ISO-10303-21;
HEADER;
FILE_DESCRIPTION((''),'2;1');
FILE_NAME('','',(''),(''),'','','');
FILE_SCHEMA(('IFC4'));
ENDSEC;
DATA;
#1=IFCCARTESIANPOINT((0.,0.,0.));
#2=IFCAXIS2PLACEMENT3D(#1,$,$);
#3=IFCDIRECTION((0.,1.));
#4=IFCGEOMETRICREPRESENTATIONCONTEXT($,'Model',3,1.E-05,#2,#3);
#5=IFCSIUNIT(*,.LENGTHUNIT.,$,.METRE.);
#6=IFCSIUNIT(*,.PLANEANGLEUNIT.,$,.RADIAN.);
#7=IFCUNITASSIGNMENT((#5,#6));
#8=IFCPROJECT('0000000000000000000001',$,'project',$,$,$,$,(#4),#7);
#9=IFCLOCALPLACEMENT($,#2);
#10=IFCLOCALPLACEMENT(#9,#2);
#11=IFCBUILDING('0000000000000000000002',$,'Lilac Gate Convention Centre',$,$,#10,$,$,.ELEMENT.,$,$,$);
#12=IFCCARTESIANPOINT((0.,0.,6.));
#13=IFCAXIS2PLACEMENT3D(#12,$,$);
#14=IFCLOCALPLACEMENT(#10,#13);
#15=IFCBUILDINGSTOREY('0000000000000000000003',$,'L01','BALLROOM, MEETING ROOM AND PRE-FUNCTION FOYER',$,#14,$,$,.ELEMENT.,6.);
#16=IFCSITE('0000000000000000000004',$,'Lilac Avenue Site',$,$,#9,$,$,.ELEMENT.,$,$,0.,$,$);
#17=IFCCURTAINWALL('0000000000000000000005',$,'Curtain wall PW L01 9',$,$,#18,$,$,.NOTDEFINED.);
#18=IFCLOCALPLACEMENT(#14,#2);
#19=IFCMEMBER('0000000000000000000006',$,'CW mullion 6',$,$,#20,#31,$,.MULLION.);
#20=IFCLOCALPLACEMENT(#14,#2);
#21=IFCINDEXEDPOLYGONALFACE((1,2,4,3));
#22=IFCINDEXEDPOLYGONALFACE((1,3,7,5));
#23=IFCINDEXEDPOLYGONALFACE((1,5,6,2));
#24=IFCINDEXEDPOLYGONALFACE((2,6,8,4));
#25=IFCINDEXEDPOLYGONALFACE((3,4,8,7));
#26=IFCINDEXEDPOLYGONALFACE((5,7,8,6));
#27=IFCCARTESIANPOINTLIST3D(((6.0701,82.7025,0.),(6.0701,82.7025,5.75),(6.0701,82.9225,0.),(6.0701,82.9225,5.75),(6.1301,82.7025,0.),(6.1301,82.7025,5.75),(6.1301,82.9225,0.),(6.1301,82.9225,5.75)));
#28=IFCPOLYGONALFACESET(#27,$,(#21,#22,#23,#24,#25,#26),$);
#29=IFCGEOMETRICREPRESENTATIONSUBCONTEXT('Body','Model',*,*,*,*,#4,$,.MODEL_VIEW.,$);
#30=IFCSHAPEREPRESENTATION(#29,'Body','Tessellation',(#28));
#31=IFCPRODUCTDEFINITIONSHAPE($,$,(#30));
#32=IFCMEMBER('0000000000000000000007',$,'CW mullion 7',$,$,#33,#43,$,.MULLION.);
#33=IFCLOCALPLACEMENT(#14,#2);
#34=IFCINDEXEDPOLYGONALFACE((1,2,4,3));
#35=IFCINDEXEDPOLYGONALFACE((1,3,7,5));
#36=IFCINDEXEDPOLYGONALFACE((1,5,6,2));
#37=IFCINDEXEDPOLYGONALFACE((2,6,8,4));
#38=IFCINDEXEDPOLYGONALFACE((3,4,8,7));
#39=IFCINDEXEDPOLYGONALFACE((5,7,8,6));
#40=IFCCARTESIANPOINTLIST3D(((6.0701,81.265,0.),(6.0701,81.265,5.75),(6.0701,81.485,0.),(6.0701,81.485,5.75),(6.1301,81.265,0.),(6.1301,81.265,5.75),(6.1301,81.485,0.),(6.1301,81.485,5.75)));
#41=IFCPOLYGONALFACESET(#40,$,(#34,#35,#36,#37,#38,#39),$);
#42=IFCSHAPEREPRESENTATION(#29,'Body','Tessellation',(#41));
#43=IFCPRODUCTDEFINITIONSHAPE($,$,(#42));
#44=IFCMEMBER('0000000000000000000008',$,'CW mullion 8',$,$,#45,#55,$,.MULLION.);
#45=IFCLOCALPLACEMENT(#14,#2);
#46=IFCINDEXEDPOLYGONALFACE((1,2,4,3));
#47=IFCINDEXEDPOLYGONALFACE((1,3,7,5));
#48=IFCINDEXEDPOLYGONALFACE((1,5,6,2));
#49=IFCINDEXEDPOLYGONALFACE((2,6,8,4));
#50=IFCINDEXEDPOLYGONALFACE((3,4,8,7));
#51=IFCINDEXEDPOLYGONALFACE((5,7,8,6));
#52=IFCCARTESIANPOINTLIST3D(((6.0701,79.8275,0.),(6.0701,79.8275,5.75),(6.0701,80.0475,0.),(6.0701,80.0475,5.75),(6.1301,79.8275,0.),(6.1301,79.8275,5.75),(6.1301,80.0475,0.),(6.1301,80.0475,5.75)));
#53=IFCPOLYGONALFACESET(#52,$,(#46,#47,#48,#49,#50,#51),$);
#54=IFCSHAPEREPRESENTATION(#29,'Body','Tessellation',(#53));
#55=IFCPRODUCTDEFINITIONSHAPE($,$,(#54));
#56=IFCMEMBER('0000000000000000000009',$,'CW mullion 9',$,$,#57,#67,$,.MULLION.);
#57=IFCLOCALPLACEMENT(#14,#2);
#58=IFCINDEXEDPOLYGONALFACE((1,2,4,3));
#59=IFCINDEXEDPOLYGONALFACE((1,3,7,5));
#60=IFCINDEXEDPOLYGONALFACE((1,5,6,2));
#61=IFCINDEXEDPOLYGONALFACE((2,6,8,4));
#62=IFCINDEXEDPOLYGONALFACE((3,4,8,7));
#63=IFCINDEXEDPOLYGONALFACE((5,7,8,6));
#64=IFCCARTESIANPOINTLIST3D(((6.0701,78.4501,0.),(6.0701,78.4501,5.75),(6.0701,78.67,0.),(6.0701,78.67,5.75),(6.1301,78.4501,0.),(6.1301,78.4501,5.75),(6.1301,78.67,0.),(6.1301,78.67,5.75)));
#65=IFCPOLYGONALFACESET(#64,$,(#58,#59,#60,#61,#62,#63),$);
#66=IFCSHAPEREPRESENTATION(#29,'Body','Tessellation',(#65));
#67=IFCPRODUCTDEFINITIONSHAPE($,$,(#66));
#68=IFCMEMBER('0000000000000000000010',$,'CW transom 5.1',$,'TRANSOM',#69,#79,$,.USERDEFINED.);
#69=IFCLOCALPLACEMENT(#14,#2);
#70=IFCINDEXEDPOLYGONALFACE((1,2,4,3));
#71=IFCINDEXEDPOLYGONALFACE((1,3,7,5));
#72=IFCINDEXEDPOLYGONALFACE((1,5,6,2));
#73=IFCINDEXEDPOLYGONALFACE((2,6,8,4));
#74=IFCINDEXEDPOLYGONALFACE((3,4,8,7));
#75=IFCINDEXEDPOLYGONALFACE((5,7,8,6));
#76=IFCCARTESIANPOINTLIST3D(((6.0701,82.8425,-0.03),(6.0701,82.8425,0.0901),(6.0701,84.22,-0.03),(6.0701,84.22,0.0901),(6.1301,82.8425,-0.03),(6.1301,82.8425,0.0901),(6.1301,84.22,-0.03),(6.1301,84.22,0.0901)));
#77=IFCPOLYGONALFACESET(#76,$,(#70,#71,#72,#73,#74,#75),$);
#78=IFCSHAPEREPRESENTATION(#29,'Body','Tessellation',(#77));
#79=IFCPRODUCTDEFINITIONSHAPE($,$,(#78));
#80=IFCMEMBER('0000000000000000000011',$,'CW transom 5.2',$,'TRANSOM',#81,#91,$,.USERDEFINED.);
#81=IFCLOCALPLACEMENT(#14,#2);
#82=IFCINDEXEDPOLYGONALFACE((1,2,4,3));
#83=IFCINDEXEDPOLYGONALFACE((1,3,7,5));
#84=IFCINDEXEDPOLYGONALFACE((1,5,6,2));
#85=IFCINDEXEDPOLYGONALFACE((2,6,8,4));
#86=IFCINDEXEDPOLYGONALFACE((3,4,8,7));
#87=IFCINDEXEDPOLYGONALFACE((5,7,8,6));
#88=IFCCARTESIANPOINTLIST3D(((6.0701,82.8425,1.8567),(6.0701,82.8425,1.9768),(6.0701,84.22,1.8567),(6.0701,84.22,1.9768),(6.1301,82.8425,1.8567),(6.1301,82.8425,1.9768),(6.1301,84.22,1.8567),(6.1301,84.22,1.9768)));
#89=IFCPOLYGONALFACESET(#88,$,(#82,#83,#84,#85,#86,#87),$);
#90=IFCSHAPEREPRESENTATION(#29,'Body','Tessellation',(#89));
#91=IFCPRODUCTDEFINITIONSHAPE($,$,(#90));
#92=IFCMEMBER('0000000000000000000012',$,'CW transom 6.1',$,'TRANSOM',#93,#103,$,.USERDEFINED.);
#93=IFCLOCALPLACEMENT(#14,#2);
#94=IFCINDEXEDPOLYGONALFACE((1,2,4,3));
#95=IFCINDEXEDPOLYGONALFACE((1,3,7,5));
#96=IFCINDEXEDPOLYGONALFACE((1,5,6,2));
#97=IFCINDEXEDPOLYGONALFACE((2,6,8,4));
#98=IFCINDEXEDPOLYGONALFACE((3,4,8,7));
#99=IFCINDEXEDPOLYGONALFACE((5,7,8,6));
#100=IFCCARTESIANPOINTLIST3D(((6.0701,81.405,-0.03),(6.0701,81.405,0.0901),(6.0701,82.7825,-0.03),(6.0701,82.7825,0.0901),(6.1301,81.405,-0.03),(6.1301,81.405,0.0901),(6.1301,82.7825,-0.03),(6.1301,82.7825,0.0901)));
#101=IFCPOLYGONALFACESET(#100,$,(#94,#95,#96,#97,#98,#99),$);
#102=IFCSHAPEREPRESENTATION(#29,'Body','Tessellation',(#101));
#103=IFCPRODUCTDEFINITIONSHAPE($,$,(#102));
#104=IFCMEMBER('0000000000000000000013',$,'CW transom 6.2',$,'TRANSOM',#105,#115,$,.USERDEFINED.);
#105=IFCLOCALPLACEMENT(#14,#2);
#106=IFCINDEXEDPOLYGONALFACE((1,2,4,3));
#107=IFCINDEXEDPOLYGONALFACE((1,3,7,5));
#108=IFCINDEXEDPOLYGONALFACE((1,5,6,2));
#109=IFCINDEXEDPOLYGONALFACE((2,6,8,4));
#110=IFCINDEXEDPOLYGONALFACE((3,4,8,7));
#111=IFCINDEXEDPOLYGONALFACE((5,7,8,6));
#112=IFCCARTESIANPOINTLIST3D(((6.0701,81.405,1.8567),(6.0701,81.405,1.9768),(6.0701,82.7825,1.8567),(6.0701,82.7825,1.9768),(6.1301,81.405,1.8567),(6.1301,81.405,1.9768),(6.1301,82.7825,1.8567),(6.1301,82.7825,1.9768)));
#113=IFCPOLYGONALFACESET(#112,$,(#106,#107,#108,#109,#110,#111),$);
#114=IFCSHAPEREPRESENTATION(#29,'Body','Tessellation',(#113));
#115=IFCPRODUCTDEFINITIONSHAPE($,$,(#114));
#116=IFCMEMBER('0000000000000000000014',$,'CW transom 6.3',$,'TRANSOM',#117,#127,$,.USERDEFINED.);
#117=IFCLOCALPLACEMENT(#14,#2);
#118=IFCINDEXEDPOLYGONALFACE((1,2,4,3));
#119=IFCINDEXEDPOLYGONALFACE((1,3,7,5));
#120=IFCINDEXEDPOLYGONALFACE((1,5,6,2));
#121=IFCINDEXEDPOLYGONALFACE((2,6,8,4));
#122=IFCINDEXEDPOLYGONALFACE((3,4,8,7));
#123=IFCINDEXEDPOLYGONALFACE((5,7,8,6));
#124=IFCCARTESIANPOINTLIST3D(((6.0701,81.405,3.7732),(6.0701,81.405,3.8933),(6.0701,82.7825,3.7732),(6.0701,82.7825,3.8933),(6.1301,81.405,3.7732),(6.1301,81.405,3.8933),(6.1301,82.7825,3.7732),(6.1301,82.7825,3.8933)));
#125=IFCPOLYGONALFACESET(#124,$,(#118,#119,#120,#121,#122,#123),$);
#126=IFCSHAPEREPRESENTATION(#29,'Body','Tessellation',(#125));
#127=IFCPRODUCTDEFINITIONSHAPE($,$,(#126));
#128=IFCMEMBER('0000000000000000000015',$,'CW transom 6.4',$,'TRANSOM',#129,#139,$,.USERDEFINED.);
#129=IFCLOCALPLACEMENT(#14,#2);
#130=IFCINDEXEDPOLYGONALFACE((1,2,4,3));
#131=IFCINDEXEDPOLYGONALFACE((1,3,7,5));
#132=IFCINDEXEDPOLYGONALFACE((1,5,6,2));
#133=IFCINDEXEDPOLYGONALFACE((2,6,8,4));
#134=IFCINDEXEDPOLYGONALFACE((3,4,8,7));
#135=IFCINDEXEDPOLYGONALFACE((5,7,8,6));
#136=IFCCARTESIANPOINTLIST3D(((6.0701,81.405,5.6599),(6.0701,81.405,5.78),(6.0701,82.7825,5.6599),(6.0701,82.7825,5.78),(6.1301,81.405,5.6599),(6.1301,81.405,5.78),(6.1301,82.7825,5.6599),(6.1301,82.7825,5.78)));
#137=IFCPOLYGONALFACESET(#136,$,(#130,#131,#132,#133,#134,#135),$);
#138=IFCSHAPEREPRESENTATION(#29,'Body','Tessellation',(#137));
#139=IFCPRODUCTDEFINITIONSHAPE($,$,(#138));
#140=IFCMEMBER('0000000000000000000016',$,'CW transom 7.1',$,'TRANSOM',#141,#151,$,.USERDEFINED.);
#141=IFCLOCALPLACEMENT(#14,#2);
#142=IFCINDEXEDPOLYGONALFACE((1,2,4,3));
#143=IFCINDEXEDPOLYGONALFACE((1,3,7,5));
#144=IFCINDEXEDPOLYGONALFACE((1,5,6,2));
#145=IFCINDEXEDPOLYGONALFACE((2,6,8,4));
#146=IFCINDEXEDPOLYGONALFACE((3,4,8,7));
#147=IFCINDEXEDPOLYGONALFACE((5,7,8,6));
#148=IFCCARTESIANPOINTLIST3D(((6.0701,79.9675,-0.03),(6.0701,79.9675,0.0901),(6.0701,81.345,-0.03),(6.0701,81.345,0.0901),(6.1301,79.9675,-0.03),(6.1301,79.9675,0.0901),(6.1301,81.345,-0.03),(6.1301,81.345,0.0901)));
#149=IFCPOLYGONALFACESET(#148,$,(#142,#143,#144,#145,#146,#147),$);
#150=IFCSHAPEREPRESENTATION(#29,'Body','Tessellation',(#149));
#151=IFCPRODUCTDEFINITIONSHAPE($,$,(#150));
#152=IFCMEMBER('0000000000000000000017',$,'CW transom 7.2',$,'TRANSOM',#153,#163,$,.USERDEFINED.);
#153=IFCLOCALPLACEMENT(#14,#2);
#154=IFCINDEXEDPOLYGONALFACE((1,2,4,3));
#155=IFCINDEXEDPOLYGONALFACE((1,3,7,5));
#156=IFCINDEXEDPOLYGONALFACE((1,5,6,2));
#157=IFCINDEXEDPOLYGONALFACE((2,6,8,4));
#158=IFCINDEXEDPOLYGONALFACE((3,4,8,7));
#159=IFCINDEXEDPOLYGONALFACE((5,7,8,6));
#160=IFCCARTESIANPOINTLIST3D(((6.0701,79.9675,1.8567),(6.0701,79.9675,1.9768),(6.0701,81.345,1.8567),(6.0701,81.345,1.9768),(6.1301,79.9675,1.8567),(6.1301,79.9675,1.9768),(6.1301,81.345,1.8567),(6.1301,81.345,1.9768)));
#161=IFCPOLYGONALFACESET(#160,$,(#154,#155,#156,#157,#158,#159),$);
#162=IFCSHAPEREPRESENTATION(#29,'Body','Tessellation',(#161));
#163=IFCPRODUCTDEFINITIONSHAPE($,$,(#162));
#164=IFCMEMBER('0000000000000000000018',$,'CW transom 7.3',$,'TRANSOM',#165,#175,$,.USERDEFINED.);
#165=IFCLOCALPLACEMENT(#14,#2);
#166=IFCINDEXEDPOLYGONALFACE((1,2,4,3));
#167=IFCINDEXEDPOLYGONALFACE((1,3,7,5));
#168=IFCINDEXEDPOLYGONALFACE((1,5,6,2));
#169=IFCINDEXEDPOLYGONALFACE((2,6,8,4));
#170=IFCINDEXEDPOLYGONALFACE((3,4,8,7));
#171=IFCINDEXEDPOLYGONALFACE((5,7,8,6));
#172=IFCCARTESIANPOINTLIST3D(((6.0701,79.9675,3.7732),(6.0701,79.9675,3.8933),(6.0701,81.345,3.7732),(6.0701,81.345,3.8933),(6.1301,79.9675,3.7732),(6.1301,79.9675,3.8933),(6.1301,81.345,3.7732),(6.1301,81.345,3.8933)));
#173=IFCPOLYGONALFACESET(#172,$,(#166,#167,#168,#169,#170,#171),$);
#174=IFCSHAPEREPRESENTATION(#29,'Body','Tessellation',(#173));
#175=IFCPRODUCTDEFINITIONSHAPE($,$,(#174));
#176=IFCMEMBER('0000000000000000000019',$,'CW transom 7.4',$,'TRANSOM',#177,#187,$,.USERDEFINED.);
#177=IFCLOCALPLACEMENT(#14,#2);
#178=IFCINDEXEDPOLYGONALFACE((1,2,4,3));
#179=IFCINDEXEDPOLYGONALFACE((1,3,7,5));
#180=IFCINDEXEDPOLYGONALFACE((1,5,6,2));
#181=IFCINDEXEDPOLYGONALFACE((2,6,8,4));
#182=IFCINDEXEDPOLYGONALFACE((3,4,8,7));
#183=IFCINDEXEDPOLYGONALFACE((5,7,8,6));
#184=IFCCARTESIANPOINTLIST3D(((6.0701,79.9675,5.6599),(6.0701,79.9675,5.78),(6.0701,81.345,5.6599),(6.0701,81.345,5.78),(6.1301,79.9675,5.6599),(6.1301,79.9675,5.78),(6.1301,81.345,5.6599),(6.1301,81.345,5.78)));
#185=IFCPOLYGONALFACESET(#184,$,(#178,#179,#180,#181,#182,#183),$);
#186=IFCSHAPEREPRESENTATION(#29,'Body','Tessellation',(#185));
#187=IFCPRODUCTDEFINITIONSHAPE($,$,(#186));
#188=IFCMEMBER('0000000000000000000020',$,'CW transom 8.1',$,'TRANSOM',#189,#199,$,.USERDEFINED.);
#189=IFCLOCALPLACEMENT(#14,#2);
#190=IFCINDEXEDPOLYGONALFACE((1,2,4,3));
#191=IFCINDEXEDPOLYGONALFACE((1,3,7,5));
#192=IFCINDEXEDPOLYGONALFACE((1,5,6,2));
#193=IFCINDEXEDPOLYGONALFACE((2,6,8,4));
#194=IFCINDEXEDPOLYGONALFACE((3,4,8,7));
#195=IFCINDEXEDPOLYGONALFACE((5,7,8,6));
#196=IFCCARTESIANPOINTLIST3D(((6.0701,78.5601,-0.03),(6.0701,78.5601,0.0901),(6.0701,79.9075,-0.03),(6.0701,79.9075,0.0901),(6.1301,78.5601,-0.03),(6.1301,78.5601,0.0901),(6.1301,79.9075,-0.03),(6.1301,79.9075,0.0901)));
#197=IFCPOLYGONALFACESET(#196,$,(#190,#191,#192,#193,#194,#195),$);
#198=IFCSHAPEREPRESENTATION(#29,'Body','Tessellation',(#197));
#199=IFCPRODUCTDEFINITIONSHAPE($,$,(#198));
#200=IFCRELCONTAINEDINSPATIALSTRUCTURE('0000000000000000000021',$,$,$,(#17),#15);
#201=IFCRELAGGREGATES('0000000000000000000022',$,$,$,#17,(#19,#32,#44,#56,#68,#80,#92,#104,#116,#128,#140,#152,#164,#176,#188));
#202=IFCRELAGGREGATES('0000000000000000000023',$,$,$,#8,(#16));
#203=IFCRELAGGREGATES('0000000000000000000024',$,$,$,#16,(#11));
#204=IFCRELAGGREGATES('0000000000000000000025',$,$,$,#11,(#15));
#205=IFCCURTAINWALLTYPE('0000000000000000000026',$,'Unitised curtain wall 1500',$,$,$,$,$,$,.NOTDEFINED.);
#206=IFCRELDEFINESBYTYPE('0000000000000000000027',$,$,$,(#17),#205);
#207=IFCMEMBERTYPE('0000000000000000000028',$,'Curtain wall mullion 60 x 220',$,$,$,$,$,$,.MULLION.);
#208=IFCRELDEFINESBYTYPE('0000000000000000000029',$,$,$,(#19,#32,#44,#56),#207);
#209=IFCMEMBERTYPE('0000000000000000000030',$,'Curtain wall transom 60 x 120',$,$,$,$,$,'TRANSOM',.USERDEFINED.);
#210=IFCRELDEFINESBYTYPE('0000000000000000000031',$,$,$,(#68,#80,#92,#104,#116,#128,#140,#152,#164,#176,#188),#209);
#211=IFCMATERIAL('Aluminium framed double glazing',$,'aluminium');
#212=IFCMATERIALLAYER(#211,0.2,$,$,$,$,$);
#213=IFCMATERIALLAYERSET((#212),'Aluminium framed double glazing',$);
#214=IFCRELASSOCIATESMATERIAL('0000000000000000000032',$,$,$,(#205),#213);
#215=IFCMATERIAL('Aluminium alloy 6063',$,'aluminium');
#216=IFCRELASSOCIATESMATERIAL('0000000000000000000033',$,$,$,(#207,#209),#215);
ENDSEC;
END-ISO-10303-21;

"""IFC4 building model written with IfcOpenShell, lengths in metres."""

from ifc_helpers import new_model, si_unit, direction, frame, origin, origin_2d, place, context, subcontext, project, spatial, rectangle, extrude, material, layer, layer_set, material_profile, profile_set, type_object, element, aggregate, save


model = new_model("IFC4")

# Units and contexts
model_context = context("Model", 3, precision=1e-05, world=origin(), true_north=direction((0.0, 1.0)))
body_context = subcontext(model_context, "Body", "Model", "MODEL_VIEW")
ifc_project = project(units=[si_unit("LENGTHUNIT", "METRE"), si_unit("PLANEANGLEUNIT", "RADIAN")], contexts=[model_context])

# Site, building, storey
site_placement = place(None, origin())
site = spatial("IfcSite", under=ifc_project, at=site_placement, Name="Lilac Avenue Site", CompositionType="ELEMENT", RefElevation=0.0)
building_placement = place(site_placement, origin())
building = spatial("IfcBuilding", under=site, at=building_placement, Name="Lilac Gate Convention Centre", CompositionType="ELEMENT")
storey_placement = place(building_placement, frame((0.0, 0.0, 6.0)))
storey = spatial("IfcBuildingStorey", under=building, at=storey_placement, Name="L01", Description="BALLROOM, MEETING ROOM AND PRE-FUNCTION FOYER", CompositionType="ELEMENT", Elevation=6.0)

# Curtain wall, members
ifc_material_1 = material(Name="Aluminium framed double glazing", Category="aluminium")
ifc_layer_1 = layer(ifc_material_1, 0.2)
ifc_layer_set_1 = layer_set([ifc_layer_1], Name="Aluminium framed double glazing")
curtain_wall_type = type_object("IfcCurtainWallType", Name="Unitised curtain wall 1500", PredefinedType="NOTDEFINED", material=ifc_layer_set_1)
curtain_wall_1_placement = place(storey_placement, origin())
curtain_wall_1 = element("IfcCurtainWall", 1, at=curtain_wall_1_placement, inside=storey, type_object=curtain_wall_type, Name="Curtain wall PW L01 9", PredefinedType="NOTDEFINED")
ifc_material_2 = material(Name="Aluminium alloy 6063", Category="aluminium")
ifc_material_profile_1 = material_profile(ifc_material_2, rectangle(XDim=0.0601, YDim=0.22, at=origin_2d()), Name="Curtain wall mullion 60 x 220")
ifc_profile_set_1 = profile_set([ifc_material_profile_1], Name="Aluminium alloy 6063")
member_type_1 = type_object("IfcMemberType", Name="Curtain wall mullion 60 x 220", PredefinedType="MULLION", material=ifc_profile_set_1)
member_1_placement = place(storey_placement, frame((6.1001, 82.8125, 0.0), z_axis=(0.0, 0.0, 1.0), x_axis=(1.0, 0.0, 0.0)))
member_1 = element("IfcMember", 2, at=member_1_placement, type_object=member_type_1, Name="CW mullion 6", PredefinedType="MULLION", context=body_context, shape_type="SweptSolid", body=[
    extrude(rectangle(XDim=0.0601, YDim=0.22, at=origin_2d()), origin(), (0.0, 0.0, 1.0), 5.75),
])
member_2_placement = place(storey_placement, frame((6.1001, 81.375, 0.0), z_axis=(0.0, 0.0, 1.0), x_axis=(1.0, 0.0, 0.0)))
member_2 = element("IfcMember", 3, at=member_2_placement, type_object=member_type_1, Name="CW mullion 7", PredefinedType="MULLION", context=body_context, shape_type="SweptSolid", body=[
    extrude(rectangle(XDim=0.0601, YDim=0.22, at=origin_2d()), origin(), (0.0, 0.0, 1.0), 5.75),
])
member_3_placement = place(storey_placement, frame((6.1001, 79.9375, 0.0), z_axis=(0.0, 0.0, 1.0), x_axis=(1.0, 0.0, 0.0)))
member_3 = element("IfcMember", 4, at=member_3_placement, type_object=member_type_1, Name="CW mullion 8", PredefinedType="MULLION", context=body_context, shape_type="SweptSolid", body=[
    extrude(rectangle(XDim=0.0601, YDim=0.22, at=origin_2d()), origin(), (0.0, 0.0, 1.0), 5.75),
])
member_4_placement = place(storey_placement, frame((6.1001, 78.5601, 0.0), z_axis=(0.0, 0.0, 1.0), x_axis=(1.0, 0.0, 0.0)))
member_4 = element("IfcMember", 5, at=member_4_placement, type_object=member_type_1, Name="CW mullion 9", PredefinedType="MULLION", context=body_context, shape_type="SweptSolid", body=[
    extrude(rectangle(XDim=0.0601, YDim=0.22, at=origin_2d()), origin(), (0.0, 0.0, 1.0), 5.75),
])
ifc_material_profile_2 = material_profile(ifc_material_2, rectangle(XDim=0.0601, YDim=0.1201, at=origin_2d()), Name="Curtain wall transom 60 x 120")
ifc_profile_set_2 = profile_set([ifc_material_profile_2], Name="Aluminium alloy 6063")
member_type_2 = type_object("IfcMemberType", Name="Curtain wall transom 60 x 120", ElementType="TRANSOM", PredefinedType="USERDEFINED", material=ifc_profile_set_2)
member_5_placement = place(storey_placement, frame((6.1001, 84.22, 0.03), z_axis=(0.0, -1.0, 0.0), x_axis=(1.0, 0.0, 0.0)))
member_5 = element("IfcMember", 6, at=member_5_placement, type_object=member_type_2, Name="CW transom 5.1", ObjectType="TRANSOM", PredefinedType="USERDEFINED", context=body_context, shape_type="SweptSolid", body=[
    extrude(rectangle(XDim=0.0601, YDim=0.1201, at=origin_2d()), origin(), (0.0, 0.0, 1.0), 1.3774),
])
member_6_placement = place(storey_placement, frame((6.1001, 84.22, 1.9167), z_axis=(0.0, -1.0, 0.0), x_axis=(1.0, 0.0, 0.0)))
member_6 = element("IfcMember", 7, at=member_6_placement, type_object=member_type_2, Name="CW transom 5.2", ObjectType="TRANSOM", PredefinedType="USERDEFINED", context=body_context, shape_type="SweptSolid", body=[
    extrude(rectangle(XDim=0.0601, YDim=0.1201, at=origin_2d()), origin(), (0.0, 0.0, 1.0), 1.3774),
])
member_7_placement = place(storey_placement, frame((6.1001, 82.7825, 0.03), z_axis=(0.0, -1.0, 0.0), x_axis=(1.0, 0.0, 0.0)))
member_7 = element("IfcMember", 8, at=member_7_placement, type_object=member_type_2, Name="CW transom 6.1", ObjectType="TRANSOM", PredefinedType="USERDEFINED", context=body_context, shape_type="SweptSolid", body=[
    extrude(rectangle(XDim=0.0601, YDim=0.1201, at=origin_2d()), origin(), (0.0, 0.0, 1.0), 1.3774),
])
member_8_placement = place(storey_placement, frame((6.1001, 82.7825, 1.9167), z_axis=(0.0, -1.0, 0.0), x_axis=(1.0, 0.0, 0.0)))
member_8 = element("IfcMember", 9, at=member_8_placement, type_object=member_type_2, Name="CW transom 6.2", ObjectType="TRANSOM", PredefinedType="USERDEFINED", context=body_context, shape_type="SweptSolid", body=[
    extrude(rectangle(XDim=0.0601, YDim=0.1201, at=origin_2d()), origin(), (0.0, 0.0, 1.0), 1.3774),
])
member_9_placement = place(storey_placement, frame((6.1001, 82.7825, 3.8333), z_axis=(0.0, -1.0, 0.0), x_axis=(1.0, 0.0, 0.0)))
member_9 = element("IfcMember", 10, at=member_9_placement, type_object=member_type_2, Name="CW transom 6.3", ObjectType="TRANSOM", PredefinedType="USERDEFINED", context=body_context, shape_type="SweptSolid", body=[
    extrude(rectangle(XDim=0.0601, YDim=0.1201, at=origin_2d()), origin(), (0.0, 0.0, 1.0), 1.3774),
])
member_10_placement = place(storey_placement, frame((6.1001, 82.7825, 5.72), z_axis=(0.0, -1.0, 0.0), x_axis=(1.0, 0.0, 0.0)))
member_10 = element("IfcMember", 11, at=member_10_placement, type_object=member_type_2, Name="CW transom 6.4", ObjectType="TRANSOM", PredefinedType="USERDEFINED", context=body_context, shape_type="SweptSolid", body=[
    extrude(rectangle(XDim=0.0601, YDim=0.1201, at=origin_2d()), origin(), (0.0, 0.0, 1.0), 1.3774),
])
member_11_placement = place(storey_placement, frame((6.1001, 81.345, 0.03), z_axis=(0.0, -1.0, 0.0), x_axis=(1.0, 0.0, 0.0)))
member_11 = element("IfcMember", 12, at=member_11_placement, type_object=member_type_2, Name="CW transom 7.1", ObjectType="TRANSOM", PredefinedType="USERDEFINED", context=body_context, shape_type="SweptSolid", body=[
    extrude(rectangle(XDim=0.0601, YDim=0.1201, at=origin_2d()), origin(), (0.0, 0.0, 1.0), 1.3774),
])
member_12_placement = place(storey_placement, frame((6.1001, 81.345, 1.9167), z_axis=(0.0, -1.0, 0.0), x_axis=(1.0, 0.0, 0.0)))
member_12 = element("IfcMember", 13, at=member_12_placement, type_object=member_type_2, Name="CW transom 7.2", ObjectType="TRANSOM", PredefinedType="USERDEFINED", context=body_context, shape_type="SweptSolid", body=[
    extrude(rectangle(XDim=0.0601, YDim=0.1201, at=origin_2d()), origin(), (0.0, 0.0, 1.0), 1.3774),
])
member_13_placement = place(storey_placement, frame((6.1001, 81.345, 3.8333), z_axis=(0.0, -1.0, 0.0), x_axis=(1.0, 0.0, 0.0)))
member_13 = element("IfcMember", 14, at=member_13_placement, type_object=member_type_2, Name="CW transom 7.3", ObjectType="TRANSOM", PredefinedType="USERDEFINED", context=body_context, shape_type="SweptSolid", body=[
    extrude(rectangle(XDim=0.0601, YDim=0.1201, at=origin_2d()), origin(), (0.0, 0.0, 1.0), 1.3774),
])
member_14_placement = place(storey_placement, frame((6.1001, 81.345, 5.72), z_axis=(0.0, -1.0, 0.0), x_axis=(1.0, 0.0, 0.0)))
member_14 = element("IfcMember", 15, at=member_14_placement, type_object=member_type_2, Name="CW transom 7.4", ObjectType="TRANSOM", PredefinedType="USERDEFINED", context=body_context, shape_type="SweptSolid", body=[
    extrude(rectangle(XDim=0.0601, YDim=0.1201, at=origin_2d()), origin(), (0.0, 0.0, 1.0), 1.3774),
])
member_15_placement = place(storey_placement, frame((6.1001, 79.9075, 0.03), z_axis=(0.0, -1.0, 0.0), x_axis=(1.0, 0.0, 0.0)))
member_15 = element("IfcMember", 16, at=member_15_placement, type_object=member_type_2, Name="CW transom 8.1", ObjectType="TRANSOM", PredefinedType="USERDEFINED", context=body_context, shape_type="SweptSolid", body=[
    extrude(rectangle(XDim=0.0601, YDim=0.1201, at=origin_2d()), origin(), (0.0, 0.0, 1.0), 1.3474),
])

aggregate(curtain_wall_1, [member_1, member_2, member_3, member_4, member_5, member_6, member_7, member_8, member_9, member_10, member_11, member_12, member_13, member_14, member_15])

save(model, "model.ifc")
